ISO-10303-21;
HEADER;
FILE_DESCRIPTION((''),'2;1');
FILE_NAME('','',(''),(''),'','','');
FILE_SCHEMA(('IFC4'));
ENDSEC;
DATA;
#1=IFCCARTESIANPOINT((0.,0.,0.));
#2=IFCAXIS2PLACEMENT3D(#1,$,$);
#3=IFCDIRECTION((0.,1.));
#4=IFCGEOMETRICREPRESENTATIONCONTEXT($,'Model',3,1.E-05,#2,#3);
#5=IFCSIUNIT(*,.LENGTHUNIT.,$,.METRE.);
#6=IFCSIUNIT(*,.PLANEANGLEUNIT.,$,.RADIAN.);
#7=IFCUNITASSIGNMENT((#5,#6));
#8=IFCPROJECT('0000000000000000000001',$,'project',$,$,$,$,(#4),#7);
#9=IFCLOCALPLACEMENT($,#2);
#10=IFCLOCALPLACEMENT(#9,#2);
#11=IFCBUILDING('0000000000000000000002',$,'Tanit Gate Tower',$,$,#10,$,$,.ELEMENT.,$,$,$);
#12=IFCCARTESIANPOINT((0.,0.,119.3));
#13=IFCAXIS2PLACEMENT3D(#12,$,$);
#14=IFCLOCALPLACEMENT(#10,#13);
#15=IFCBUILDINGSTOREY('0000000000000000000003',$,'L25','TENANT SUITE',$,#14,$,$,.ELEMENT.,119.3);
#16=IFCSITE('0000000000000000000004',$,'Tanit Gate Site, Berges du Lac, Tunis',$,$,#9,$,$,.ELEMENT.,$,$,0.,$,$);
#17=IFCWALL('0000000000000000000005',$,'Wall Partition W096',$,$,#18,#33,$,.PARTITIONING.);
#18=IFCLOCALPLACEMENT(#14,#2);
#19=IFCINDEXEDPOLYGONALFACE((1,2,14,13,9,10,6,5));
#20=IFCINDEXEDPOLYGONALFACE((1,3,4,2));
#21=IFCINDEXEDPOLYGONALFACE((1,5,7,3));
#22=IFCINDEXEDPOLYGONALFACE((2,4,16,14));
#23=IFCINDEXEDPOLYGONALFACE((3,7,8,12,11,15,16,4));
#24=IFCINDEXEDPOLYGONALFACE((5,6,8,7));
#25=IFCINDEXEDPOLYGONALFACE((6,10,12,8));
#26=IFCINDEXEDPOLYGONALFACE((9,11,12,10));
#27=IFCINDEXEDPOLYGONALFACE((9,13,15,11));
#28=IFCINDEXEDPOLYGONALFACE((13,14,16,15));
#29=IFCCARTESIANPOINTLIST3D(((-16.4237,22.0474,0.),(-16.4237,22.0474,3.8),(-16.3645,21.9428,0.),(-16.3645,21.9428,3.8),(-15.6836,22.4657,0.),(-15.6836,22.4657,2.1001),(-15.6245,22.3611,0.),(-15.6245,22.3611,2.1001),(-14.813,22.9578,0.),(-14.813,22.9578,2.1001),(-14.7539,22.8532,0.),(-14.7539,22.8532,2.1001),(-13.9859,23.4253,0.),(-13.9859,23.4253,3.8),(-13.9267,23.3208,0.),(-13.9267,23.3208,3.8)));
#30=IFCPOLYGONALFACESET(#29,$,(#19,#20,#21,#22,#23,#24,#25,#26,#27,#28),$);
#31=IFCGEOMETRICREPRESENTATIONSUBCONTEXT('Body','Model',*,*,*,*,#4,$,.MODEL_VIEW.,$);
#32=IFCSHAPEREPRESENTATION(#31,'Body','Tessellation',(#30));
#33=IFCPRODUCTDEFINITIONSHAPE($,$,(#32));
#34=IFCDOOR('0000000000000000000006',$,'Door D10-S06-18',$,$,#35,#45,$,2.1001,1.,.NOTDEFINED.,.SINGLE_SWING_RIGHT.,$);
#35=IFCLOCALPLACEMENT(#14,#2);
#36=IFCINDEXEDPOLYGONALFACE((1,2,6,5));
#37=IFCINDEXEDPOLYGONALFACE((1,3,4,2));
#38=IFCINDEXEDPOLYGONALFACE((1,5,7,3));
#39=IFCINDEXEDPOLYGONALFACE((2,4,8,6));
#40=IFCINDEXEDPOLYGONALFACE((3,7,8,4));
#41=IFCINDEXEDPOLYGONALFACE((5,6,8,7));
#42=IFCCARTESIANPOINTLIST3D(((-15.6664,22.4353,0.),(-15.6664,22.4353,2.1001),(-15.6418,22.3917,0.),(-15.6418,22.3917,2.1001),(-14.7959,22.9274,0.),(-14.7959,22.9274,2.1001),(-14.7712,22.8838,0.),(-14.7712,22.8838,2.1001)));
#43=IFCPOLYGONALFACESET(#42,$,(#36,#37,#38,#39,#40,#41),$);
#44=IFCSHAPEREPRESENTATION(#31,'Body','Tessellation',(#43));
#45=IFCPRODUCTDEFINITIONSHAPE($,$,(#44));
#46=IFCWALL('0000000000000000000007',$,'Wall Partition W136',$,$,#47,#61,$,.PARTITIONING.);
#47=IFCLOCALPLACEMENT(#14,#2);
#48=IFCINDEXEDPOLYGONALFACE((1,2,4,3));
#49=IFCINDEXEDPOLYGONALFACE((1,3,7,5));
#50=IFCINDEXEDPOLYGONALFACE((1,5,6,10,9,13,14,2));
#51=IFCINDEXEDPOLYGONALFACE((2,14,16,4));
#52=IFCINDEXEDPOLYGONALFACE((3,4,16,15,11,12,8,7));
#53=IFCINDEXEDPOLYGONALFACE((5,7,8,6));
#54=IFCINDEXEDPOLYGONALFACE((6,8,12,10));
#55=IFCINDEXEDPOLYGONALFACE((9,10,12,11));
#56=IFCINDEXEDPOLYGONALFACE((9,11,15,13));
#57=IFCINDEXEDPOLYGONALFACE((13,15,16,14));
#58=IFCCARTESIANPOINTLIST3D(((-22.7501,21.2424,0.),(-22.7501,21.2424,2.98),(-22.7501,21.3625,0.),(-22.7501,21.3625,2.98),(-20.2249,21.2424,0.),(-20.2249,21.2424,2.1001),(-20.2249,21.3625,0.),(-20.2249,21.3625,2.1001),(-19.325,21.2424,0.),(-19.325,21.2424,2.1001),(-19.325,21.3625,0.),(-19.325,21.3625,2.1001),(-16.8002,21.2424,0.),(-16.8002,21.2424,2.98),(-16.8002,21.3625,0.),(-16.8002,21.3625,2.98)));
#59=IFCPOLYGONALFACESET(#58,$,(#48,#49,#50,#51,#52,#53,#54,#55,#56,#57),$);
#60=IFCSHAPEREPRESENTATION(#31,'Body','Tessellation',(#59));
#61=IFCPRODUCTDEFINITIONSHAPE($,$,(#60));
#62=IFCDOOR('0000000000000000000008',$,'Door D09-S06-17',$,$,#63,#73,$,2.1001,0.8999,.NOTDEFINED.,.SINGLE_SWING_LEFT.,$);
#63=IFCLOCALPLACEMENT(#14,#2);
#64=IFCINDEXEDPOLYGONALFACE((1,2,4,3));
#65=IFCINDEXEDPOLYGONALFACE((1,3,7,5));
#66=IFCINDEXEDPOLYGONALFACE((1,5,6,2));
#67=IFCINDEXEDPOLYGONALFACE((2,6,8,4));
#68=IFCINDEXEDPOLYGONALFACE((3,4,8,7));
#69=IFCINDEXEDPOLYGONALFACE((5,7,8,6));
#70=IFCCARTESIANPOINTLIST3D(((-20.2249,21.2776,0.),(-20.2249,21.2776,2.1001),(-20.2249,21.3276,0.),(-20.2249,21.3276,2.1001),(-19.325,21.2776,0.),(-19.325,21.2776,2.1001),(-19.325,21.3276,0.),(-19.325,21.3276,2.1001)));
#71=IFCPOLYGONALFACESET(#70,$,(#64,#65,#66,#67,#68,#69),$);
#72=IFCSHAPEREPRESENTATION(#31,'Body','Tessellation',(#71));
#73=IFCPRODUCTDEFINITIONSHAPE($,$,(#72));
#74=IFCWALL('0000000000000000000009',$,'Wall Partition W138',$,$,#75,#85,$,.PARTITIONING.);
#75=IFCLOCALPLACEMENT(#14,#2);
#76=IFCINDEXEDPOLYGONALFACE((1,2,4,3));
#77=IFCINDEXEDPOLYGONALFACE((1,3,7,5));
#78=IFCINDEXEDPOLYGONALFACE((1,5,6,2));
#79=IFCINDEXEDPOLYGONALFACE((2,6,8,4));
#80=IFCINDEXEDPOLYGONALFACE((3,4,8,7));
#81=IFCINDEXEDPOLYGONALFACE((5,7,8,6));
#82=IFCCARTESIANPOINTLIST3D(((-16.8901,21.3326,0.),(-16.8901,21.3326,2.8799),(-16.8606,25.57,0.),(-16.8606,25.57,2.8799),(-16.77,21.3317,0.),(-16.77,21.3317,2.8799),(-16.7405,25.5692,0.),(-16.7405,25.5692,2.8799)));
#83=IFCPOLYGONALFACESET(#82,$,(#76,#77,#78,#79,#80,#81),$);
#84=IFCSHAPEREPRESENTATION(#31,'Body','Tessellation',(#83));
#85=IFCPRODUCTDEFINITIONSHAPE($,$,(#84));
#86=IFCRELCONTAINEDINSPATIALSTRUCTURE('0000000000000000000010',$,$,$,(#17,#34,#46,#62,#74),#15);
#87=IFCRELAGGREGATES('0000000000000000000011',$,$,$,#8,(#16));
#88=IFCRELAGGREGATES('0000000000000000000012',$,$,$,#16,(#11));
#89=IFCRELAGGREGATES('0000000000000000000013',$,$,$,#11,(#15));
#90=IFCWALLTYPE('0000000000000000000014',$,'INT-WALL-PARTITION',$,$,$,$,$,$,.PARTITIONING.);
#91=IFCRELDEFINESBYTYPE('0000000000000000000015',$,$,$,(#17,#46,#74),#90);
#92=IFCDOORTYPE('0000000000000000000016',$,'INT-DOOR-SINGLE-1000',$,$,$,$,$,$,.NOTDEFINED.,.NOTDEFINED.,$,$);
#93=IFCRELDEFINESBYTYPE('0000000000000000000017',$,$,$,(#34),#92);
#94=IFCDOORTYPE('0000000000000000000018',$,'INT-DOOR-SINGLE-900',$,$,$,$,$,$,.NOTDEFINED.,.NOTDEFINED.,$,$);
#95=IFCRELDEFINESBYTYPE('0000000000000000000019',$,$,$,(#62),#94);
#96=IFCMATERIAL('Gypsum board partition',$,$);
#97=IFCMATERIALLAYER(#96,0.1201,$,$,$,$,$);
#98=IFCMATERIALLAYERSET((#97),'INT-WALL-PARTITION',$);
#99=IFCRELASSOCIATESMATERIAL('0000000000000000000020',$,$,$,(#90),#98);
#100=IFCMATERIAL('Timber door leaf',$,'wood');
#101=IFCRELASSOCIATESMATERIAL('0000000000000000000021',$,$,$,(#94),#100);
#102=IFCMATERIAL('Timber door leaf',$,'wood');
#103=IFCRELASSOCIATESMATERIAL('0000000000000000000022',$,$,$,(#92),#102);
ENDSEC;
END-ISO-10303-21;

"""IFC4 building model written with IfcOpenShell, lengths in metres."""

from ifc_helpers import new_model, si_unit, direction, frame, frame_2d, origin, place, context, subcontext, project, spatial, rectangle, extrude, material, layer, layer_set, type_object, element, fill, save


model = new_model("IFC4")

# Units and contexts
model_context = context("Model", 3, precision=1e-05, world=origin(), true_north=direction((0.0, 1.0)))
body_context = subcontext(model_context, "Body", "Model", "MODEL_VIEW")
ifc_project = project(units=[si_unit("LENGTHUNIT", "METRE"), si_unit("PLANEANGLEUNIT", "RADIAN")], contexts=[model_context])

# Site, building, storey
site_placement = place(None, origin())
site = spatial("IfcSite", under=ifc_project, at=site_placement, Name="Tanit Gate Site, Berges du Lac, Tunis", CompositionType="ELEMENT", RefElevation=0.0)
building_placement = place(site_placement, origin())
building = spatial("IfcBuilding", under=site, at=building_placement, Name="Tanit Gate Tower", CompositionType="ELEMENT")
storey_placement = place(building_placement, frame((0.0, 0.0, 119.3)))
storey = spatial("IfcBuildingStorey", under=building, at=storey_placement, Name="L25", Description="TENANT SUITE", CompositionType="ELEMENT", Elevation=119.3)

# Shared definitions
ifc_material_1 = material(Name="Gypsum board partition")
ifc_layer_1 = layer(ifc_material_1, 0.1201)
ifc_layer_set_1 = layer_set([ifc_layer_1], Name="INT-WALL-PARTITION")
wall_type_1 = type_object("IfcWallType", Name="INT-WALL-PARTITION", PredefinedType="PARTITIONING", material=ifc_layer_set_1)

# Walls, openings, doors
ifc_material_2 = material(Name="Timber door leaf", Category="wood")
door_type_1 = type_object("IfcDoorType", Name="INT-DOOR-SINGLE-900", OperationType="NOTDEFINED", PredefinedType="NOTDEFINED", material=ifc_material_2)
wall_1_placement = place(storey_placement, frame((-13.9563, 23.373, 0.0), z_axis=(0.0, 0.0, 1.0), x_axis=(-0.870551, -0.492077, 0.0)))
wall_1 = element("IfcWall", 1, at=wall_1_placement, inside=storey, type_object=wall_type_1, Name="Wall Partition W096", PredefinedType="PARTITIONING", context=body_context, shape_type="SweptSolid", body=[
    extrude(rectangle(XDim=2.8003, YDim=0.1201, at=frame_2d((1.4001, 0.0))), origin(), (0.0, 0.0, 1.0), 3.8),
])
opening_1_placement = place(wall_1_placement, frame((0.9502, 0.0, 0.0)))
opening_1 = element("IfcOpeningElement", 2, at=opening_1_placement, cuts=wall_1, PredefinedType="OPENING", context=body_context, shape_type="SweptSolid", body=[
    extrude(rectangle(XDim=1.0, YDim=2.1001, at=frame_2d((0.5, 1.05))), frame((0.0, 0.0701, 0.0), z_axis=(0.0, -1.0, 0.0), x_axis=(1.0, 0.0, 0.0)), (0.0, 0.0, 1.0), 0.1401),
])
ifc_material_3 = material(Name="Timber door leaf", Category="wood")
door_type_2 = type_object("IfcDoorType", Name="INT-DOOR-SINGLE-1000", OperationType="NOTDEFINED", PredefinedType="NOTDEFINED", material=ifc_material_3)
door_1_placement = place(opening_1_placement, origin())
door_1 = element("IfcDoor", 3, at=door_1_placement, inside=storey, type_object=door_type_2, Name="Door D10-S06-18", OperationType="SINGLE_SWING_RIGHT", OverallHeight=2.1001, OverallWidth=1.0, PredefinedType="NOTDEFINED", context=body_context, shape_type="SweptSolid", body=[
    extrude(rectangle(XDim=1.0, YDim=2.1001, at=frame_2d((0.5, 1.05))), frame((0.0, 0.0249, 0.0), z_axis=(0.0, -1.0, 0.0), x_axis=(1.0, 0.0, 0.0)), (0.0, 0.0, 1.0), 0.05),
])
fill(opening_1, door_1)
wall_2_placement = place(storey_placement, frame((-16.8, 21.3025, 0.0), z_axis=(0.0, 0.0, 1.0), x_axis=(-1.0, 0.0, 0.0)))
wall_2 = element("IfcWall", 4, at=wall_2_placement, inside=storey, type_object=wall_type_1, Name="Wall Partition W136", PredefinedType="PARTITIONING", context=body_context, shape_type="SweptSolid", body=[
    extrude(rectangle(XDim=5.95, YDim=0.1201, at=frame_2d((2.9751, 0.0))), origin(), (0.0, 0.0, 1.0), 2.98),
])
opening_2_placement = place(wall_2_placement, frame((2.5249, 0.0, 0.0)))
opening_2 = element("IfcOpeningElement", 5, at=opening_2_placement, cuts=wall_2, PredefinedType="OPENING", context=body_context, shape_type="SweptSolid", body=[
    extrude(rectangle(XDim=0.8999, YDim=2.1001, at=frame_2d((0.45, 1.05))), frame((0.0, 0.0701, 0.0), z_axis=(0.0, -1.0, 0.0), x_axis=(1.0, 0.0, 0.0)), (0.0, 0.0, 1.0), 0.1401),
])
door_2_placement = place(opening_2_placement, origin())
door_2 = element("IfcDoor", 6, at=door_2_placement, inside=storey, type_object=door_type_1, Name="Door D09-S06-17", OperationType="SINGLE_SWING_LEFT", OverallHeight=2.1001, OverallWidth=0.8999, PredefinedType="NOTDEFINED", context=body_context, shape_type="SweptSolid", body=[
    extrude(rectangle(XDim=0.8999, YDim=2.1001, at=frame_2d((0.45, 1.05))), frame((0.0, 0.0249, 0.0), z_axis=(0.0, -1.0, 0.0), x_axis=(1.0, 0.0, 0.0)), (0.0, 0.0, 1.0), 0.05),
])
fill(opening_2, door_2)

# Wall
wall_3_placement = place(storey_placement, frame((-16.8301, 21.3323, 0.0), z_axis=(0.0, 0.0, 1.0), x_axis=(0.006971, 0.999976, 0.0)))
element("IfcWall", 7, at=wall_3_placement, inside=storey, type_object=wall_type_1, Name="Wall Partition W138", PredefinedType="PARTITIONING", context=body_context, shape_type="SweptSolid", body=[
    extrude(rectangle(XDim=4.2375, YDim=0.1201, at=frame_2d((2.1187, 0.0))), origin(), (0.0, 0.0, 1.0), 2.8799),
])

save(model, "model.ifc")
